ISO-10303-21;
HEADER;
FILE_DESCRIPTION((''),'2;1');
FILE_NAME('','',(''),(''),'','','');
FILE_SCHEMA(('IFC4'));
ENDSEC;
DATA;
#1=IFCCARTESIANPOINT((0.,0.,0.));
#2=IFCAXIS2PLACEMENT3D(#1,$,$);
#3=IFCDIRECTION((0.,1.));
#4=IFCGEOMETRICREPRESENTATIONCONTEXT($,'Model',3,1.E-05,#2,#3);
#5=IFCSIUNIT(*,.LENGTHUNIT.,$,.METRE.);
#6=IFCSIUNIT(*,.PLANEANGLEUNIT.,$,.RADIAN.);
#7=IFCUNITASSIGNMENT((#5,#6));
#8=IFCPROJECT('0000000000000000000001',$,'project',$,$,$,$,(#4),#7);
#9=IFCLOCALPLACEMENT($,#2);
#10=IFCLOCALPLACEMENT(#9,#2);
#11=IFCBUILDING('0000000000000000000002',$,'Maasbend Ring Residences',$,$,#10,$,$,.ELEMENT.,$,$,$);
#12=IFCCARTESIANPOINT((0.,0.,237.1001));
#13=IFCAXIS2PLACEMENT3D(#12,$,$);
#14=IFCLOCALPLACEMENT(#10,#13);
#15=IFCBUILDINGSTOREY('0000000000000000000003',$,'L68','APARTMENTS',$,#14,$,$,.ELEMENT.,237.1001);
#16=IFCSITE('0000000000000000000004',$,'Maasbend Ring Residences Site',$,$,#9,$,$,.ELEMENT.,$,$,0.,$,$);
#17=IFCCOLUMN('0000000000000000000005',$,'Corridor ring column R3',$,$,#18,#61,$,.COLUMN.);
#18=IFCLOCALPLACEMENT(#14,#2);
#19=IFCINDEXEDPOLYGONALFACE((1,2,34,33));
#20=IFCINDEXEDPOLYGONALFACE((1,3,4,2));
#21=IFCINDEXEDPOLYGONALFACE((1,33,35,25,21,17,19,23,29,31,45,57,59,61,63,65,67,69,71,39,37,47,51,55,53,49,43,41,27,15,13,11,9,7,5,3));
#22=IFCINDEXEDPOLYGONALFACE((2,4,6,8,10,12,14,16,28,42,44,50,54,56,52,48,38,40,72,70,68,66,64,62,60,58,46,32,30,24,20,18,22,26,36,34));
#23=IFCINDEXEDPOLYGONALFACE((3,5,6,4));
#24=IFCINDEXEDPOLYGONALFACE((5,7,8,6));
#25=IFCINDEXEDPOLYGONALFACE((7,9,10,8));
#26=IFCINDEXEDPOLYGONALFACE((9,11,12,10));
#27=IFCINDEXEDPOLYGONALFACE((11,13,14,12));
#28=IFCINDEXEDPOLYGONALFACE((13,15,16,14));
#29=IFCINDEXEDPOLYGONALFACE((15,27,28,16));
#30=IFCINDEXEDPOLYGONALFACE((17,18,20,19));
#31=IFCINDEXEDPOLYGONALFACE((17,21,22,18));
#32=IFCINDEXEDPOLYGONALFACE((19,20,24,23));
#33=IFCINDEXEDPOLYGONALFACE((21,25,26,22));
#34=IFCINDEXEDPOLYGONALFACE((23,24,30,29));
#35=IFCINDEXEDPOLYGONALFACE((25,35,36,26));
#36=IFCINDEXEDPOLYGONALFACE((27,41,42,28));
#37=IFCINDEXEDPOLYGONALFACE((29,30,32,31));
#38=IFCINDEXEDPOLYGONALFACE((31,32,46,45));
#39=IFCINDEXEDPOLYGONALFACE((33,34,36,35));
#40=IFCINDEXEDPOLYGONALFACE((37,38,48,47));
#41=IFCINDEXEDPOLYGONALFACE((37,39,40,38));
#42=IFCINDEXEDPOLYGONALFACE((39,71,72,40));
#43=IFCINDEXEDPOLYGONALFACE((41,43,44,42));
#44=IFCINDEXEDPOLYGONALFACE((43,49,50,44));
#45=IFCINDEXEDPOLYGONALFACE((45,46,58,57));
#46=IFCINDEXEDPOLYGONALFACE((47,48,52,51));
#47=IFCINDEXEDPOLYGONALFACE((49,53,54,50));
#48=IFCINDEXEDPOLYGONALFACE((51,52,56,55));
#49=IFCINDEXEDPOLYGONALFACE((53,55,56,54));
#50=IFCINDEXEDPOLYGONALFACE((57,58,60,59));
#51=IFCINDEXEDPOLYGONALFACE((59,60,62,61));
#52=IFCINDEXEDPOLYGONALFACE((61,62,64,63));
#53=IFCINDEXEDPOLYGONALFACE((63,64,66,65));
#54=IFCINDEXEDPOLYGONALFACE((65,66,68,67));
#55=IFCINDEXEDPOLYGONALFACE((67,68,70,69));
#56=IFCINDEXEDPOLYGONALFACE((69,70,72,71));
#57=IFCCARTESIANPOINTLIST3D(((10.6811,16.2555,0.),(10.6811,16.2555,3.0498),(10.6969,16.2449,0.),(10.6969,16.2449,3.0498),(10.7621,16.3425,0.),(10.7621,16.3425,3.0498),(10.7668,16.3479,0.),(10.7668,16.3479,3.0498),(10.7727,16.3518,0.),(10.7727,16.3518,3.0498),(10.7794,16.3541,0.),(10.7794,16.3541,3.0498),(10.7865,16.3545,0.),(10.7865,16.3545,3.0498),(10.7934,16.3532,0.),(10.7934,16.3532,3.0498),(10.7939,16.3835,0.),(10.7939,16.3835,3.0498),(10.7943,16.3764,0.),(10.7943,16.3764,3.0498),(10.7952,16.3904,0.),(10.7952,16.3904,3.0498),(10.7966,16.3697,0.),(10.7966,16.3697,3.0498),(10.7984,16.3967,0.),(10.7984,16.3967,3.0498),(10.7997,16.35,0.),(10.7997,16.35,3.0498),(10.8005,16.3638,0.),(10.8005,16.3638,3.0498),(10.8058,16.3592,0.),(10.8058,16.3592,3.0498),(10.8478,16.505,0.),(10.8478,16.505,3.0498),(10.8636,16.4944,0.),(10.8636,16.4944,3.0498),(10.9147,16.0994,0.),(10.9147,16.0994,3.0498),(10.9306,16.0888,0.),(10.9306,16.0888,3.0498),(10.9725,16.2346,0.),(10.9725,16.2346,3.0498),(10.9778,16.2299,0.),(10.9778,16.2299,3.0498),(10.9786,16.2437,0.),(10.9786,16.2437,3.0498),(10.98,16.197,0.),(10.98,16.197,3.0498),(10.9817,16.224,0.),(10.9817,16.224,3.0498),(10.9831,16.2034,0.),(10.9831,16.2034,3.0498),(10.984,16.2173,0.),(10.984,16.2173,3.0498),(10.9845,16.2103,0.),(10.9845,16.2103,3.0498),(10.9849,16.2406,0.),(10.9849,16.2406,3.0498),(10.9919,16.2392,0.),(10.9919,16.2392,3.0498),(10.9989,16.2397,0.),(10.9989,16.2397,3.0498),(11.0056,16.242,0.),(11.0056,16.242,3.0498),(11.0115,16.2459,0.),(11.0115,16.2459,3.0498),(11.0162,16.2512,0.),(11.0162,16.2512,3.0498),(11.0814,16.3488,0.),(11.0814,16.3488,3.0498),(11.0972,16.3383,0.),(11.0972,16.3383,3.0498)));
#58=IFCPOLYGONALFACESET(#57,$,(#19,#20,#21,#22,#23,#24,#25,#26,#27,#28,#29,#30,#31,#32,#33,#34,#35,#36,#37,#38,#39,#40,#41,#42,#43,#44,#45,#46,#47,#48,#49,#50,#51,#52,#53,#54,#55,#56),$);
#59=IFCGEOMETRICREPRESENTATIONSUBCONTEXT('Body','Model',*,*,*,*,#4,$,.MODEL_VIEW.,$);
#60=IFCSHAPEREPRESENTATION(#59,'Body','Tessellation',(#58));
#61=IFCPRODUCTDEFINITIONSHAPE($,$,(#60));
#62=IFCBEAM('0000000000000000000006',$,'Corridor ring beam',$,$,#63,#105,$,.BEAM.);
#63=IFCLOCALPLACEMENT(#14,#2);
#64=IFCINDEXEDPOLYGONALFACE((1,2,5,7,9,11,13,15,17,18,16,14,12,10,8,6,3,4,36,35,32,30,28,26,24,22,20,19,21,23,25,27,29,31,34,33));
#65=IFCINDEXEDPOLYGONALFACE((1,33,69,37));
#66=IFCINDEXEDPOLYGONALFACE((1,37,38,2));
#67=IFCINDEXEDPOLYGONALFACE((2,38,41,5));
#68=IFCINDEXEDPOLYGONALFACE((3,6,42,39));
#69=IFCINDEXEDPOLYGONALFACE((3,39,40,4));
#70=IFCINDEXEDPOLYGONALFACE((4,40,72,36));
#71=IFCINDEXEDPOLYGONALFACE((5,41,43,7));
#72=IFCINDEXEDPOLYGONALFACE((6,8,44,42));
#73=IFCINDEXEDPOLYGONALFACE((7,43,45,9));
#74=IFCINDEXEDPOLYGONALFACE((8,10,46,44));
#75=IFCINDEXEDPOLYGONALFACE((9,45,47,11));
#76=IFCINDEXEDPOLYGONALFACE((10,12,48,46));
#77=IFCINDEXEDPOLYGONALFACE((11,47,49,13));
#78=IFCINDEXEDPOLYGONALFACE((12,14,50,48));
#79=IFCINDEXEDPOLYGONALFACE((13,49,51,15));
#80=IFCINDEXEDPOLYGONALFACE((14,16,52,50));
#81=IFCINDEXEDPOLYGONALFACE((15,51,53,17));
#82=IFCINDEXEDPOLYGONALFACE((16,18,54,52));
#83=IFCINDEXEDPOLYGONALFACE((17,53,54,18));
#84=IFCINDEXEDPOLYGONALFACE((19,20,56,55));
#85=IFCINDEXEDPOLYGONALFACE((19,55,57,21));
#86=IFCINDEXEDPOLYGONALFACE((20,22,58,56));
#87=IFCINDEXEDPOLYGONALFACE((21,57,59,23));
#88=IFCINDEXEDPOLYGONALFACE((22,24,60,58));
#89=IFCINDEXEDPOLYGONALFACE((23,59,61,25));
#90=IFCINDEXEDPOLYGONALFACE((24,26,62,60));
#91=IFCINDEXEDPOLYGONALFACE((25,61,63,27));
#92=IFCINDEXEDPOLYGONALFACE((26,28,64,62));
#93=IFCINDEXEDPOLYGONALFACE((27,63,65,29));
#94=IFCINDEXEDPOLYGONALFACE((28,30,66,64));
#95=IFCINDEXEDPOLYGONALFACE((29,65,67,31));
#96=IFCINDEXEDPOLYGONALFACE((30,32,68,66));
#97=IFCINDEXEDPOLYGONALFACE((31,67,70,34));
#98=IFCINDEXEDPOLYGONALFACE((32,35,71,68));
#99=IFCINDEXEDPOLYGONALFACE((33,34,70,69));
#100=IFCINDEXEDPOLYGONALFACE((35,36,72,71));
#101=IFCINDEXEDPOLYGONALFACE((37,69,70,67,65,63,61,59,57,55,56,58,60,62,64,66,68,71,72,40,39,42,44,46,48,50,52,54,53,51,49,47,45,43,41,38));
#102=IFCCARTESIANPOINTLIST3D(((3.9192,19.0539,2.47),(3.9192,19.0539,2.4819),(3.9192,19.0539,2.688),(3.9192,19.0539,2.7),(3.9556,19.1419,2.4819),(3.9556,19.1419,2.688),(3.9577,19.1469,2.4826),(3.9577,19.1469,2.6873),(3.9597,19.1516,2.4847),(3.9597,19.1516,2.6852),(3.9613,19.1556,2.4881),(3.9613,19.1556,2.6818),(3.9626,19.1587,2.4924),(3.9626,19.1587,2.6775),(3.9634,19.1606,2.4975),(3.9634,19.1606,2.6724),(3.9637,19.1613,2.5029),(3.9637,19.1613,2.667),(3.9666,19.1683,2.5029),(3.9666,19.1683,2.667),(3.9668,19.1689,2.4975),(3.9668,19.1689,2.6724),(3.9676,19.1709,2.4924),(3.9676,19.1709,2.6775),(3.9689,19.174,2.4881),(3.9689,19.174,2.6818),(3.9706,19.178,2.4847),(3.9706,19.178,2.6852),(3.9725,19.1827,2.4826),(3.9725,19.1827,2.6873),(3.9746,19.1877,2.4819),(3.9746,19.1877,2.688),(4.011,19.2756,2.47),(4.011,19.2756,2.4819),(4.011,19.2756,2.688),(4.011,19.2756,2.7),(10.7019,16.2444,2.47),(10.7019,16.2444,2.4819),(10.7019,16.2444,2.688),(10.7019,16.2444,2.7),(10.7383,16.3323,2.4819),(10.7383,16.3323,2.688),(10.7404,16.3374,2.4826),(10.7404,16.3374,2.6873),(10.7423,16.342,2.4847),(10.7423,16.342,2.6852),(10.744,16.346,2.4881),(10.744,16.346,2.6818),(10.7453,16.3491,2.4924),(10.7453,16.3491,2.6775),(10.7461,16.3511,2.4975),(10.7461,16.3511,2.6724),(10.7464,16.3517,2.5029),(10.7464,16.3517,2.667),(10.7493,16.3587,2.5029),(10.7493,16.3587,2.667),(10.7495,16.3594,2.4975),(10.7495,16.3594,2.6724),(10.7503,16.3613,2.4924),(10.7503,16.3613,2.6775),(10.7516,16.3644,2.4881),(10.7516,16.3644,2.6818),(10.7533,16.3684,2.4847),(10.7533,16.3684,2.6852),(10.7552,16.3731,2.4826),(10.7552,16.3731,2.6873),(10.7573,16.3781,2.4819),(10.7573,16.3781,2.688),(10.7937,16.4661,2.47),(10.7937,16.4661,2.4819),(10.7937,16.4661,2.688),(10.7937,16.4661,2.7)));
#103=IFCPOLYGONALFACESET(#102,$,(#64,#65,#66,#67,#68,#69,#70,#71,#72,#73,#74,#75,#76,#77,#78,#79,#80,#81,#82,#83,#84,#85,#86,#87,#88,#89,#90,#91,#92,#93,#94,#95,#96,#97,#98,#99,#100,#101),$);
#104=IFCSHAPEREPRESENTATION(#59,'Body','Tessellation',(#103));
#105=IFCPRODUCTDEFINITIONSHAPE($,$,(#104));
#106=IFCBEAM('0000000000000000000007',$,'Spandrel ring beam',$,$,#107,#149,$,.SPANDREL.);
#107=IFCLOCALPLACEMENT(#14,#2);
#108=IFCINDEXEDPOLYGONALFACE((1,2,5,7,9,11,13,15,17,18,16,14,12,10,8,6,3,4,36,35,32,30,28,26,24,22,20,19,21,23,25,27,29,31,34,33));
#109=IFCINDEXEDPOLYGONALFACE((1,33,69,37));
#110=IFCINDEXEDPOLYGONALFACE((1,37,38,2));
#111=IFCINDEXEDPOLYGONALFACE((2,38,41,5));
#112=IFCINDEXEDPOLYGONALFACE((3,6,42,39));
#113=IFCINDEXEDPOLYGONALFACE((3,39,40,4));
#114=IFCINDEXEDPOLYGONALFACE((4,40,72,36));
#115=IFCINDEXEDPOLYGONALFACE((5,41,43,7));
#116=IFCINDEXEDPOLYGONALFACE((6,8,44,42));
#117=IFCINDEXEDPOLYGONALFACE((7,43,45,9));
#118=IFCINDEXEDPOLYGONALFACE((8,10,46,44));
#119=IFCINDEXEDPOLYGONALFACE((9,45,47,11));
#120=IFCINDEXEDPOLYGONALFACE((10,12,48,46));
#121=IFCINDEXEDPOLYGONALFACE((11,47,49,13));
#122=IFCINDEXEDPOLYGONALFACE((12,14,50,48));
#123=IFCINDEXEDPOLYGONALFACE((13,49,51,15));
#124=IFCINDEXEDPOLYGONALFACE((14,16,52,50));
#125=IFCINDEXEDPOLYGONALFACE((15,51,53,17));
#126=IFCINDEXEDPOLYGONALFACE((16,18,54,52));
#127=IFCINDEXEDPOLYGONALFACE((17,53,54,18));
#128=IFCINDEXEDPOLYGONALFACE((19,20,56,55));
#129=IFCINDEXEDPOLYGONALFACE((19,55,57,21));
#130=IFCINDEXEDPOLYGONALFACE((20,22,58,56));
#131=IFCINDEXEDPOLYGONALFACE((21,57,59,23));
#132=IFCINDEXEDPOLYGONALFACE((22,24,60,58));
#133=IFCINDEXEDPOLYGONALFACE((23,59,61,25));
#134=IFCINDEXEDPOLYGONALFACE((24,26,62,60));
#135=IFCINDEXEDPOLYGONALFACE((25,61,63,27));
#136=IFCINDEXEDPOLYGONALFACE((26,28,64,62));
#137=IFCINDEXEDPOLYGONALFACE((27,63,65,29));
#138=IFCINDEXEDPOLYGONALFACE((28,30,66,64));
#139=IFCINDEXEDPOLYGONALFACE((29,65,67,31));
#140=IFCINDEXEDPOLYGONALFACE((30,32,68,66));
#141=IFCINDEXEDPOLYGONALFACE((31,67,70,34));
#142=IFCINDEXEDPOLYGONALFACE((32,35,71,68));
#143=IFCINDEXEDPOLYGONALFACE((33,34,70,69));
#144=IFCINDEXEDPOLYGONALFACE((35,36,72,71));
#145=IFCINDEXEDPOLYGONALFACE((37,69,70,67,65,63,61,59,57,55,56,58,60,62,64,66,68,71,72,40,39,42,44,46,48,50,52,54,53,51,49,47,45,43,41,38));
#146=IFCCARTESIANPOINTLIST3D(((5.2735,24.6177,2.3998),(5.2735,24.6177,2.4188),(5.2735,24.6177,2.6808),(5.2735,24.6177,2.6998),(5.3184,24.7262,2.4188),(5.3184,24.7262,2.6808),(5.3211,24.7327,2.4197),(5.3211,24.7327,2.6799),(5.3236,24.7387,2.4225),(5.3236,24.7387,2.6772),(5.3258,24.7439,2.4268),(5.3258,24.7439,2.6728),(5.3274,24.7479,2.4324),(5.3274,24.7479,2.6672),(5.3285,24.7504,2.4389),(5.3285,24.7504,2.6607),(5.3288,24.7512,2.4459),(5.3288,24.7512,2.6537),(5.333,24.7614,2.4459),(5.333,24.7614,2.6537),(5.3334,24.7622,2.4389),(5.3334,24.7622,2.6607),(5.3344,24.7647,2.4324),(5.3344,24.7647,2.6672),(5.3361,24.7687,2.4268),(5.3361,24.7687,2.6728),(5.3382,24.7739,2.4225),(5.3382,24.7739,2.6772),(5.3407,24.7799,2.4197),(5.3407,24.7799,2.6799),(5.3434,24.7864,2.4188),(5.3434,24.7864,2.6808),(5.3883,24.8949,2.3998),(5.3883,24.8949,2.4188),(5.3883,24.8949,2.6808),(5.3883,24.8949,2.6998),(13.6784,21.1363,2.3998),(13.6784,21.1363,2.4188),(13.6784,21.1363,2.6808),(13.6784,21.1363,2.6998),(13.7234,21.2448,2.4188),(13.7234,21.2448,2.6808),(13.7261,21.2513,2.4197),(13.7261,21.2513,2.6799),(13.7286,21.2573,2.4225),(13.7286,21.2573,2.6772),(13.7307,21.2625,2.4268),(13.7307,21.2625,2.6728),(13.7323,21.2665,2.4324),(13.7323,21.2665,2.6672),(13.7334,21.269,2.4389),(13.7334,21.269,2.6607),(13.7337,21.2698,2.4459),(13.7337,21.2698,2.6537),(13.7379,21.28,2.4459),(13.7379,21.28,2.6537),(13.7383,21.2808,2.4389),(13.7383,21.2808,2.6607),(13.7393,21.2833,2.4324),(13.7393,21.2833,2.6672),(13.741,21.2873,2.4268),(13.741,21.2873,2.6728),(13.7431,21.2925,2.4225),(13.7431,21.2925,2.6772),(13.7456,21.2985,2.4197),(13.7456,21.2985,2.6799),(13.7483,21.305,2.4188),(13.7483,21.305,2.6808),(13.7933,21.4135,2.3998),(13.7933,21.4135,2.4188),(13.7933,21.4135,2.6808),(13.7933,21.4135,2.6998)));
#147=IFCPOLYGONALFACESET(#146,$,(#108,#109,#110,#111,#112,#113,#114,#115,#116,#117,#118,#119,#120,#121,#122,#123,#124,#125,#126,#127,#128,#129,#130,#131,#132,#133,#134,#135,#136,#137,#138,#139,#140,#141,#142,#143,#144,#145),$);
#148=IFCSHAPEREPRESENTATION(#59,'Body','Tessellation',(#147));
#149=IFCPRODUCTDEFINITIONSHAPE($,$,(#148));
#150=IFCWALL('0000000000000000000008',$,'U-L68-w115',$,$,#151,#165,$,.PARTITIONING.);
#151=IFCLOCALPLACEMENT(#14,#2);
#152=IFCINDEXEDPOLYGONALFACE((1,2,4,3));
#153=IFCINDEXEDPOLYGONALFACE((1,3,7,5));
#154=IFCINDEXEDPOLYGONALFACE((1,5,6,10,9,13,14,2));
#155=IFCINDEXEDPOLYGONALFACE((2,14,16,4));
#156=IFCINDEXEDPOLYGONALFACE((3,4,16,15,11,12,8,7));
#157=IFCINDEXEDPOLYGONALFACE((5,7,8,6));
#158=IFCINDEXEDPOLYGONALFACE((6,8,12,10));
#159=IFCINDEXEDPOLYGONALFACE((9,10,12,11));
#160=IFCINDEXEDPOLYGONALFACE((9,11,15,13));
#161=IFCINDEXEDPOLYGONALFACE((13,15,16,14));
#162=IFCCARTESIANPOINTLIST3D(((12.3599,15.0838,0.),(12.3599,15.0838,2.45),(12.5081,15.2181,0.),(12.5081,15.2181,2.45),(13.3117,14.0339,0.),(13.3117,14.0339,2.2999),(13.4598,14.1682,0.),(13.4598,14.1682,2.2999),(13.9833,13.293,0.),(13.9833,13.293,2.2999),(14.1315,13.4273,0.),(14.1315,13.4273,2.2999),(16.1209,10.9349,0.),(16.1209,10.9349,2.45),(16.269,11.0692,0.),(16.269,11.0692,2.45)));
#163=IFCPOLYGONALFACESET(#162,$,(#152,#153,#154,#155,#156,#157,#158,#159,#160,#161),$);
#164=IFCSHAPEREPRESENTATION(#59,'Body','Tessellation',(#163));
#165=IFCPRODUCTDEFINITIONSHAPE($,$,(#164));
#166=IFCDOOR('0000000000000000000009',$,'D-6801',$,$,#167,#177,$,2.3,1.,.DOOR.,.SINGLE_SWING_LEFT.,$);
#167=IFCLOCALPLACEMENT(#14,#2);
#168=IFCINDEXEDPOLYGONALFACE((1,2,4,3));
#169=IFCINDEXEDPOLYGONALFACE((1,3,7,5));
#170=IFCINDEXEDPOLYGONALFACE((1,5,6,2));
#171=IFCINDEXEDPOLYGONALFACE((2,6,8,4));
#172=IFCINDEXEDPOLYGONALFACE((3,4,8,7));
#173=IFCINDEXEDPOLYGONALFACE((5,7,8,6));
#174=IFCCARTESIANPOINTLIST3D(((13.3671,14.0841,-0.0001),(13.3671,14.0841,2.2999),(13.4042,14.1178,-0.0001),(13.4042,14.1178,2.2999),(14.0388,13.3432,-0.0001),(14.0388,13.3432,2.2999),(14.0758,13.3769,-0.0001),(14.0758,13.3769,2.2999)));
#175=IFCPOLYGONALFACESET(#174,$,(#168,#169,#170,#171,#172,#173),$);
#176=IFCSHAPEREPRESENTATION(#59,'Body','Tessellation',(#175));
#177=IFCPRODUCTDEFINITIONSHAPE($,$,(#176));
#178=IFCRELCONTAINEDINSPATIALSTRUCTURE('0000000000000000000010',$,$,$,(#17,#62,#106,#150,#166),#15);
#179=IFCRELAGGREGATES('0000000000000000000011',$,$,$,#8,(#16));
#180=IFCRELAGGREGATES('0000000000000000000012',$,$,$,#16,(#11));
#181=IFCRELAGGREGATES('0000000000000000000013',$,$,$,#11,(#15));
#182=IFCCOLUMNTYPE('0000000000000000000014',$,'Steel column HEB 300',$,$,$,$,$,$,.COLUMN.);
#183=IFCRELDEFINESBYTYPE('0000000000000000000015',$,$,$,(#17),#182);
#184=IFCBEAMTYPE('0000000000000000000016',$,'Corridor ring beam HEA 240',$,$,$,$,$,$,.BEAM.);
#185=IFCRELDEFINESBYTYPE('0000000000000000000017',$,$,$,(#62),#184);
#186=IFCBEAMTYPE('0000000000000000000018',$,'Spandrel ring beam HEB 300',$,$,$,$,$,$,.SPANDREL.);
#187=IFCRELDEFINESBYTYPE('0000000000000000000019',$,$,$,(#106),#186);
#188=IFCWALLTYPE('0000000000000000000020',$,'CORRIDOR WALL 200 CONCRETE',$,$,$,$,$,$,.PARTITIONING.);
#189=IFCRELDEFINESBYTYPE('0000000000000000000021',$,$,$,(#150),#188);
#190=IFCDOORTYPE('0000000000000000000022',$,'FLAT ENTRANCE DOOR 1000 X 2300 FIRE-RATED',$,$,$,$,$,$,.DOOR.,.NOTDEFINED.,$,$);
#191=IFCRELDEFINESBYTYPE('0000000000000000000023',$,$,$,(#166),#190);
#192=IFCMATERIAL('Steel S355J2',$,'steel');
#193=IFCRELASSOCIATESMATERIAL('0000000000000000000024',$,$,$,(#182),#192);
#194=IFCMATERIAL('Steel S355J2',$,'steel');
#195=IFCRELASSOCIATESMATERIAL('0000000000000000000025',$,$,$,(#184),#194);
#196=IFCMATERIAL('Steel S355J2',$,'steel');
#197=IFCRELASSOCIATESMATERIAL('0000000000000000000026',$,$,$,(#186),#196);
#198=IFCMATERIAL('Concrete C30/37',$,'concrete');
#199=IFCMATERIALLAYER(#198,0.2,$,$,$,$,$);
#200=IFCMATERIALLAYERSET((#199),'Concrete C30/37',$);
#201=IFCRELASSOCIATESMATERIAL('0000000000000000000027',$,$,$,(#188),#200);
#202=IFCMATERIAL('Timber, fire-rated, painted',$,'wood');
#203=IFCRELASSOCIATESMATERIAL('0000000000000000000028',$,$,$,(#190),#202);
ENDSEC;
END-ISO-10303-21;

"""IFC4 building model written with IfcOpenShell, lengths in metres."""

from ifc_helpers import new_model, si_unit, direction, frame, frame_2d, origin, origin_2d, place, context, subcontext, project, spatial, rectangle, i_section, extrude, material, layer, layer_set, material_profile, profile_set, type_object, element, fill, save


model = new_model("IFC4")

# Units and contexts
model_context = context("Model", 3, precision=1e-05, world=origin(), true_north=direction((0.0, 1.0)))
body_context = subcontext(model_context, "Body", "Model", "MODEL_VIEW")
ifc_project = project(units=[si_unit("LENGTHUNIT", "METRE"), si_unit("PLANEANGLEUNIT", "RADIAN")], contexts=[model_context])

# Site, building, storey
site_placement = place(None, origin())
site = spatial("IfcSite", under=ifc_project, at=site_placement, Name="Maasbend Ring Residences Site", CompositionType="ELEMENT", RefElevation=0.0)
building_placement = place(site_placement, origin())
building = spatial("IfcBuilding", under=site, at=building_placement, Name="Maasbend Ring Residences", CompositionType="ELEMENT")
storey_placement = place(building_placement, frame((0.0, 0.0, 237.1001)))
storey = spatial("IfcBuildingStorey", under=building, at=storey_placement, Name="L68", Description="APARTMENTS", CompositionType="ELEMENT", Elevation=237.1001)

# Column
ifc_material_1 = material(Name="Steel S355J2", Category="steel")
ifc_material_profile_1 = material_profile(ifc_material_1, i_section(OverallWidth=0.3, OverallDepth=0.3, WebThickness=0.011, FlangeThickness=0.019, FilletRadius=0.0271, at=origin_2d()), Name="HEB 300")
ifc_profile_set_1 = profile_set([ifc_material_profile_1], Name="Steel S355J2")
column_type = type_object("IfcColumnType", Name="Steel column HEB 300", PredefinedType="COLUMN", material=ifc_profile_set_1)
column_placement = place(storey_placement, frame((10.8892, 16.2969, 0.0), z_axis=(0.0, 0.0, 1.0), x_axis=(0.55557, 0.83147, 0.0)))
element("IfcColumn", 1, at=column_placement, inside=storey, type_object=column_type, Name="Corridor ring column R3", PredefinedType="COLUMN", context=body_context, shape_type="SweptSolid", body=[
    extrude(i_section(OverallWidth=0.3, OverallDepth=0.3, WebThickness=0.011, FlangeThickness=0.019, FilletRadius=0.0271, at=origin_2d()), origin(), (0.0, 0.0, 1.0), 3.0498),
])

# Beams
ifc_material_2 = material(Name="Steel S355J2", Category="steel")
ifc_material_profile_2 = material_profile(ifc_material_2, i_section(OverallWidth=0.24, OverallDepth=0.23, WebThickness=0.0076, FlangeThickness=0.012, FilletRadius=0.021, at=origin_2d()), Name="HEA 240")
ifc_profile_set_2 = profile_set([ifc_material_profile_2], Name="Steel S355J2")
beam_type_1 = type_object("IfcBeamType", Name="Corridor ring beam HEA 240", PredefinedType="BEAM", material=ifc_profile_set_2)
beam_1_placement = place(storey_placement, frame((10.7478, 16.3552, 2.585), z_axis=(-0.923876, 0.382692, 0.0), x_axis=(-0.382692, -0.923876, 0.0)))
element("IfcBeam", 2, at=beam_1_placement, inside=storey, type_object=beam_type_1, Name="Corridor ring beam", PredefinedType="BEAM", context=body_context, shape_type="SweptSolid", body=[
    extrude(i_section(OverallWidth=0.24, OverallDepth=0.23, WebThickness=0.0076, FlangeThickness=0.012, FilletRadius=0.021, at=origin_2d()), origin(), (0.0, 0.0, 1.0), 7.3416),
])
ifc_material_3 = material(Name="Steel S355J2", Category="steel")
ifc_material_profile_3 = material_profile(ifc_material_3, i_section(OverallWidth=0.3, OverallDepth=0.3, WebThickness=0.011, FlangeThickness=0.019, FilletRadius=0.0271, at=origin_2d()), Name="HEB 300")
ifc_profile_set_3 = profile_set([ifc_material_profile_3], Name="Steel S355J2")
beam_type_2 = type_object("IfcBeamType", Name="Spandrel ring beam HEB 300", PredefinedType="SPANDREL", material=ifc_profile_set_3)
beam_2_placement = place(storey_placement, frame((13.7358, 21.2749, 2.5498), z_axis=(-0.923881, 0.38268, 0.0), x_axis=(-0.38268, -0.923881, 0.0)))
element("IfcBeam", 3, at=beam_2_placement, inside=storey, type_object=beam_type_2, Name="Spandrel ring beam", PredefinedType="SPANDREL", context=body_context, shape_type="SweptSolid", body=[
    extrude(i_section(OverallWidth=0.3, OverallDepth=0.3, WebThickness=0.011, FlangeThickness=0.019, FilletRadius=0.0271, at=origin_2d()), origin(), (0.0, 0.0, 1.0), 9.0974),
])

# Wall, opening, door
ifc_material_4 = material(Name="Concrete C30/37", Category="concrete")
ifc_layer_1 = layer(ifc_material_4, 0.2)
ifc_layer_set_1 = layer_set([ifc_layer_1], Name="Concrete C30/37")
wall_type_1 = type_object("IfcWallType", Name="CORRIDOR WALL 200 CONCRETE", PredefinedType="PARTITIONING", material=ifc_layer_set_1)
wall_1_placement = place(storey_placement, frame((12.4341, 15.1509, 0.0), z_axis=(0.0, 0.0, 1.0), x_axis=(0.67162, -0.740896, 0.0)))
wall_1 = element("IfcWall", 4, at=wall_1_placement, inside=storey, type_object=wall_type_1, Name="U-L68-w115", PredefinedType="PARTITIONING", context=body_context, shape_type="SweptSolid", body=[
    extrude(rectangle(XDim=5.5999, YDim=0.2, at=frame_2d((2.7998, 0.0))), origin(), (0.0, 0.0, 1.0), 2.45),
])
opening_1_placement = place(wall_1_placement, frame((1.417, 0.0, 0.0)))
opening_1 = element("IfcOpeningElement", 5, at=opening_1_placement, cuts=wall_1, PredefinedType="OPENING", context=body_context, shape_type="SweptSolid", body=[
    extrude(rectangle(XDim=1.0, YDim=2.3, at=frame_2d((0.5, 1.1499))), frame((0.0, 0.1099, 0.0), z_axis=(0.0, -1.0, 0.0), x_axis=(1.0, 0.0, 0.0)), (0.0, 0.0, 1.0), 0.22),
])
ifc_material_5 = material(Name="Timber, fire-rated, painted", Category="wood")
door_type_1 = type_object("IfcDoorType", Name="FLAT ENTRANCE DOOR 1000 X 2300 FIRE-RATED", OperationType="NOTDEFINED", PredefinedType="DOOR", material=ifc_material_5)
door_1_placement = place(opening_1_placement, origin())
door_1 = element("IfcDoor", 6, at=door_1_placement, inside=storey, type_object=door_type_1, Name="D-6801", OperationType="SINGLE_SWING_LEFT", OverallHeight=2.3, OverallWidth=1.0, PredefinedType="DOOR", context=body_context, shape_type="SweptSolid", body=[
    extrude(rectangle(XDim=1.0, YDim=2.3, at=frame_2d((0.5, 1.1499))), frame((0.0, 0.0249, 0.0), z_axis=(0.0, -1.0, 0.0), x_axis=(1.0, 0.0, 0.0)), (0.0, 0.0, 1.0), 0.05),
])
fill(opening_1, door_1)

save(model, "model.ifc")
